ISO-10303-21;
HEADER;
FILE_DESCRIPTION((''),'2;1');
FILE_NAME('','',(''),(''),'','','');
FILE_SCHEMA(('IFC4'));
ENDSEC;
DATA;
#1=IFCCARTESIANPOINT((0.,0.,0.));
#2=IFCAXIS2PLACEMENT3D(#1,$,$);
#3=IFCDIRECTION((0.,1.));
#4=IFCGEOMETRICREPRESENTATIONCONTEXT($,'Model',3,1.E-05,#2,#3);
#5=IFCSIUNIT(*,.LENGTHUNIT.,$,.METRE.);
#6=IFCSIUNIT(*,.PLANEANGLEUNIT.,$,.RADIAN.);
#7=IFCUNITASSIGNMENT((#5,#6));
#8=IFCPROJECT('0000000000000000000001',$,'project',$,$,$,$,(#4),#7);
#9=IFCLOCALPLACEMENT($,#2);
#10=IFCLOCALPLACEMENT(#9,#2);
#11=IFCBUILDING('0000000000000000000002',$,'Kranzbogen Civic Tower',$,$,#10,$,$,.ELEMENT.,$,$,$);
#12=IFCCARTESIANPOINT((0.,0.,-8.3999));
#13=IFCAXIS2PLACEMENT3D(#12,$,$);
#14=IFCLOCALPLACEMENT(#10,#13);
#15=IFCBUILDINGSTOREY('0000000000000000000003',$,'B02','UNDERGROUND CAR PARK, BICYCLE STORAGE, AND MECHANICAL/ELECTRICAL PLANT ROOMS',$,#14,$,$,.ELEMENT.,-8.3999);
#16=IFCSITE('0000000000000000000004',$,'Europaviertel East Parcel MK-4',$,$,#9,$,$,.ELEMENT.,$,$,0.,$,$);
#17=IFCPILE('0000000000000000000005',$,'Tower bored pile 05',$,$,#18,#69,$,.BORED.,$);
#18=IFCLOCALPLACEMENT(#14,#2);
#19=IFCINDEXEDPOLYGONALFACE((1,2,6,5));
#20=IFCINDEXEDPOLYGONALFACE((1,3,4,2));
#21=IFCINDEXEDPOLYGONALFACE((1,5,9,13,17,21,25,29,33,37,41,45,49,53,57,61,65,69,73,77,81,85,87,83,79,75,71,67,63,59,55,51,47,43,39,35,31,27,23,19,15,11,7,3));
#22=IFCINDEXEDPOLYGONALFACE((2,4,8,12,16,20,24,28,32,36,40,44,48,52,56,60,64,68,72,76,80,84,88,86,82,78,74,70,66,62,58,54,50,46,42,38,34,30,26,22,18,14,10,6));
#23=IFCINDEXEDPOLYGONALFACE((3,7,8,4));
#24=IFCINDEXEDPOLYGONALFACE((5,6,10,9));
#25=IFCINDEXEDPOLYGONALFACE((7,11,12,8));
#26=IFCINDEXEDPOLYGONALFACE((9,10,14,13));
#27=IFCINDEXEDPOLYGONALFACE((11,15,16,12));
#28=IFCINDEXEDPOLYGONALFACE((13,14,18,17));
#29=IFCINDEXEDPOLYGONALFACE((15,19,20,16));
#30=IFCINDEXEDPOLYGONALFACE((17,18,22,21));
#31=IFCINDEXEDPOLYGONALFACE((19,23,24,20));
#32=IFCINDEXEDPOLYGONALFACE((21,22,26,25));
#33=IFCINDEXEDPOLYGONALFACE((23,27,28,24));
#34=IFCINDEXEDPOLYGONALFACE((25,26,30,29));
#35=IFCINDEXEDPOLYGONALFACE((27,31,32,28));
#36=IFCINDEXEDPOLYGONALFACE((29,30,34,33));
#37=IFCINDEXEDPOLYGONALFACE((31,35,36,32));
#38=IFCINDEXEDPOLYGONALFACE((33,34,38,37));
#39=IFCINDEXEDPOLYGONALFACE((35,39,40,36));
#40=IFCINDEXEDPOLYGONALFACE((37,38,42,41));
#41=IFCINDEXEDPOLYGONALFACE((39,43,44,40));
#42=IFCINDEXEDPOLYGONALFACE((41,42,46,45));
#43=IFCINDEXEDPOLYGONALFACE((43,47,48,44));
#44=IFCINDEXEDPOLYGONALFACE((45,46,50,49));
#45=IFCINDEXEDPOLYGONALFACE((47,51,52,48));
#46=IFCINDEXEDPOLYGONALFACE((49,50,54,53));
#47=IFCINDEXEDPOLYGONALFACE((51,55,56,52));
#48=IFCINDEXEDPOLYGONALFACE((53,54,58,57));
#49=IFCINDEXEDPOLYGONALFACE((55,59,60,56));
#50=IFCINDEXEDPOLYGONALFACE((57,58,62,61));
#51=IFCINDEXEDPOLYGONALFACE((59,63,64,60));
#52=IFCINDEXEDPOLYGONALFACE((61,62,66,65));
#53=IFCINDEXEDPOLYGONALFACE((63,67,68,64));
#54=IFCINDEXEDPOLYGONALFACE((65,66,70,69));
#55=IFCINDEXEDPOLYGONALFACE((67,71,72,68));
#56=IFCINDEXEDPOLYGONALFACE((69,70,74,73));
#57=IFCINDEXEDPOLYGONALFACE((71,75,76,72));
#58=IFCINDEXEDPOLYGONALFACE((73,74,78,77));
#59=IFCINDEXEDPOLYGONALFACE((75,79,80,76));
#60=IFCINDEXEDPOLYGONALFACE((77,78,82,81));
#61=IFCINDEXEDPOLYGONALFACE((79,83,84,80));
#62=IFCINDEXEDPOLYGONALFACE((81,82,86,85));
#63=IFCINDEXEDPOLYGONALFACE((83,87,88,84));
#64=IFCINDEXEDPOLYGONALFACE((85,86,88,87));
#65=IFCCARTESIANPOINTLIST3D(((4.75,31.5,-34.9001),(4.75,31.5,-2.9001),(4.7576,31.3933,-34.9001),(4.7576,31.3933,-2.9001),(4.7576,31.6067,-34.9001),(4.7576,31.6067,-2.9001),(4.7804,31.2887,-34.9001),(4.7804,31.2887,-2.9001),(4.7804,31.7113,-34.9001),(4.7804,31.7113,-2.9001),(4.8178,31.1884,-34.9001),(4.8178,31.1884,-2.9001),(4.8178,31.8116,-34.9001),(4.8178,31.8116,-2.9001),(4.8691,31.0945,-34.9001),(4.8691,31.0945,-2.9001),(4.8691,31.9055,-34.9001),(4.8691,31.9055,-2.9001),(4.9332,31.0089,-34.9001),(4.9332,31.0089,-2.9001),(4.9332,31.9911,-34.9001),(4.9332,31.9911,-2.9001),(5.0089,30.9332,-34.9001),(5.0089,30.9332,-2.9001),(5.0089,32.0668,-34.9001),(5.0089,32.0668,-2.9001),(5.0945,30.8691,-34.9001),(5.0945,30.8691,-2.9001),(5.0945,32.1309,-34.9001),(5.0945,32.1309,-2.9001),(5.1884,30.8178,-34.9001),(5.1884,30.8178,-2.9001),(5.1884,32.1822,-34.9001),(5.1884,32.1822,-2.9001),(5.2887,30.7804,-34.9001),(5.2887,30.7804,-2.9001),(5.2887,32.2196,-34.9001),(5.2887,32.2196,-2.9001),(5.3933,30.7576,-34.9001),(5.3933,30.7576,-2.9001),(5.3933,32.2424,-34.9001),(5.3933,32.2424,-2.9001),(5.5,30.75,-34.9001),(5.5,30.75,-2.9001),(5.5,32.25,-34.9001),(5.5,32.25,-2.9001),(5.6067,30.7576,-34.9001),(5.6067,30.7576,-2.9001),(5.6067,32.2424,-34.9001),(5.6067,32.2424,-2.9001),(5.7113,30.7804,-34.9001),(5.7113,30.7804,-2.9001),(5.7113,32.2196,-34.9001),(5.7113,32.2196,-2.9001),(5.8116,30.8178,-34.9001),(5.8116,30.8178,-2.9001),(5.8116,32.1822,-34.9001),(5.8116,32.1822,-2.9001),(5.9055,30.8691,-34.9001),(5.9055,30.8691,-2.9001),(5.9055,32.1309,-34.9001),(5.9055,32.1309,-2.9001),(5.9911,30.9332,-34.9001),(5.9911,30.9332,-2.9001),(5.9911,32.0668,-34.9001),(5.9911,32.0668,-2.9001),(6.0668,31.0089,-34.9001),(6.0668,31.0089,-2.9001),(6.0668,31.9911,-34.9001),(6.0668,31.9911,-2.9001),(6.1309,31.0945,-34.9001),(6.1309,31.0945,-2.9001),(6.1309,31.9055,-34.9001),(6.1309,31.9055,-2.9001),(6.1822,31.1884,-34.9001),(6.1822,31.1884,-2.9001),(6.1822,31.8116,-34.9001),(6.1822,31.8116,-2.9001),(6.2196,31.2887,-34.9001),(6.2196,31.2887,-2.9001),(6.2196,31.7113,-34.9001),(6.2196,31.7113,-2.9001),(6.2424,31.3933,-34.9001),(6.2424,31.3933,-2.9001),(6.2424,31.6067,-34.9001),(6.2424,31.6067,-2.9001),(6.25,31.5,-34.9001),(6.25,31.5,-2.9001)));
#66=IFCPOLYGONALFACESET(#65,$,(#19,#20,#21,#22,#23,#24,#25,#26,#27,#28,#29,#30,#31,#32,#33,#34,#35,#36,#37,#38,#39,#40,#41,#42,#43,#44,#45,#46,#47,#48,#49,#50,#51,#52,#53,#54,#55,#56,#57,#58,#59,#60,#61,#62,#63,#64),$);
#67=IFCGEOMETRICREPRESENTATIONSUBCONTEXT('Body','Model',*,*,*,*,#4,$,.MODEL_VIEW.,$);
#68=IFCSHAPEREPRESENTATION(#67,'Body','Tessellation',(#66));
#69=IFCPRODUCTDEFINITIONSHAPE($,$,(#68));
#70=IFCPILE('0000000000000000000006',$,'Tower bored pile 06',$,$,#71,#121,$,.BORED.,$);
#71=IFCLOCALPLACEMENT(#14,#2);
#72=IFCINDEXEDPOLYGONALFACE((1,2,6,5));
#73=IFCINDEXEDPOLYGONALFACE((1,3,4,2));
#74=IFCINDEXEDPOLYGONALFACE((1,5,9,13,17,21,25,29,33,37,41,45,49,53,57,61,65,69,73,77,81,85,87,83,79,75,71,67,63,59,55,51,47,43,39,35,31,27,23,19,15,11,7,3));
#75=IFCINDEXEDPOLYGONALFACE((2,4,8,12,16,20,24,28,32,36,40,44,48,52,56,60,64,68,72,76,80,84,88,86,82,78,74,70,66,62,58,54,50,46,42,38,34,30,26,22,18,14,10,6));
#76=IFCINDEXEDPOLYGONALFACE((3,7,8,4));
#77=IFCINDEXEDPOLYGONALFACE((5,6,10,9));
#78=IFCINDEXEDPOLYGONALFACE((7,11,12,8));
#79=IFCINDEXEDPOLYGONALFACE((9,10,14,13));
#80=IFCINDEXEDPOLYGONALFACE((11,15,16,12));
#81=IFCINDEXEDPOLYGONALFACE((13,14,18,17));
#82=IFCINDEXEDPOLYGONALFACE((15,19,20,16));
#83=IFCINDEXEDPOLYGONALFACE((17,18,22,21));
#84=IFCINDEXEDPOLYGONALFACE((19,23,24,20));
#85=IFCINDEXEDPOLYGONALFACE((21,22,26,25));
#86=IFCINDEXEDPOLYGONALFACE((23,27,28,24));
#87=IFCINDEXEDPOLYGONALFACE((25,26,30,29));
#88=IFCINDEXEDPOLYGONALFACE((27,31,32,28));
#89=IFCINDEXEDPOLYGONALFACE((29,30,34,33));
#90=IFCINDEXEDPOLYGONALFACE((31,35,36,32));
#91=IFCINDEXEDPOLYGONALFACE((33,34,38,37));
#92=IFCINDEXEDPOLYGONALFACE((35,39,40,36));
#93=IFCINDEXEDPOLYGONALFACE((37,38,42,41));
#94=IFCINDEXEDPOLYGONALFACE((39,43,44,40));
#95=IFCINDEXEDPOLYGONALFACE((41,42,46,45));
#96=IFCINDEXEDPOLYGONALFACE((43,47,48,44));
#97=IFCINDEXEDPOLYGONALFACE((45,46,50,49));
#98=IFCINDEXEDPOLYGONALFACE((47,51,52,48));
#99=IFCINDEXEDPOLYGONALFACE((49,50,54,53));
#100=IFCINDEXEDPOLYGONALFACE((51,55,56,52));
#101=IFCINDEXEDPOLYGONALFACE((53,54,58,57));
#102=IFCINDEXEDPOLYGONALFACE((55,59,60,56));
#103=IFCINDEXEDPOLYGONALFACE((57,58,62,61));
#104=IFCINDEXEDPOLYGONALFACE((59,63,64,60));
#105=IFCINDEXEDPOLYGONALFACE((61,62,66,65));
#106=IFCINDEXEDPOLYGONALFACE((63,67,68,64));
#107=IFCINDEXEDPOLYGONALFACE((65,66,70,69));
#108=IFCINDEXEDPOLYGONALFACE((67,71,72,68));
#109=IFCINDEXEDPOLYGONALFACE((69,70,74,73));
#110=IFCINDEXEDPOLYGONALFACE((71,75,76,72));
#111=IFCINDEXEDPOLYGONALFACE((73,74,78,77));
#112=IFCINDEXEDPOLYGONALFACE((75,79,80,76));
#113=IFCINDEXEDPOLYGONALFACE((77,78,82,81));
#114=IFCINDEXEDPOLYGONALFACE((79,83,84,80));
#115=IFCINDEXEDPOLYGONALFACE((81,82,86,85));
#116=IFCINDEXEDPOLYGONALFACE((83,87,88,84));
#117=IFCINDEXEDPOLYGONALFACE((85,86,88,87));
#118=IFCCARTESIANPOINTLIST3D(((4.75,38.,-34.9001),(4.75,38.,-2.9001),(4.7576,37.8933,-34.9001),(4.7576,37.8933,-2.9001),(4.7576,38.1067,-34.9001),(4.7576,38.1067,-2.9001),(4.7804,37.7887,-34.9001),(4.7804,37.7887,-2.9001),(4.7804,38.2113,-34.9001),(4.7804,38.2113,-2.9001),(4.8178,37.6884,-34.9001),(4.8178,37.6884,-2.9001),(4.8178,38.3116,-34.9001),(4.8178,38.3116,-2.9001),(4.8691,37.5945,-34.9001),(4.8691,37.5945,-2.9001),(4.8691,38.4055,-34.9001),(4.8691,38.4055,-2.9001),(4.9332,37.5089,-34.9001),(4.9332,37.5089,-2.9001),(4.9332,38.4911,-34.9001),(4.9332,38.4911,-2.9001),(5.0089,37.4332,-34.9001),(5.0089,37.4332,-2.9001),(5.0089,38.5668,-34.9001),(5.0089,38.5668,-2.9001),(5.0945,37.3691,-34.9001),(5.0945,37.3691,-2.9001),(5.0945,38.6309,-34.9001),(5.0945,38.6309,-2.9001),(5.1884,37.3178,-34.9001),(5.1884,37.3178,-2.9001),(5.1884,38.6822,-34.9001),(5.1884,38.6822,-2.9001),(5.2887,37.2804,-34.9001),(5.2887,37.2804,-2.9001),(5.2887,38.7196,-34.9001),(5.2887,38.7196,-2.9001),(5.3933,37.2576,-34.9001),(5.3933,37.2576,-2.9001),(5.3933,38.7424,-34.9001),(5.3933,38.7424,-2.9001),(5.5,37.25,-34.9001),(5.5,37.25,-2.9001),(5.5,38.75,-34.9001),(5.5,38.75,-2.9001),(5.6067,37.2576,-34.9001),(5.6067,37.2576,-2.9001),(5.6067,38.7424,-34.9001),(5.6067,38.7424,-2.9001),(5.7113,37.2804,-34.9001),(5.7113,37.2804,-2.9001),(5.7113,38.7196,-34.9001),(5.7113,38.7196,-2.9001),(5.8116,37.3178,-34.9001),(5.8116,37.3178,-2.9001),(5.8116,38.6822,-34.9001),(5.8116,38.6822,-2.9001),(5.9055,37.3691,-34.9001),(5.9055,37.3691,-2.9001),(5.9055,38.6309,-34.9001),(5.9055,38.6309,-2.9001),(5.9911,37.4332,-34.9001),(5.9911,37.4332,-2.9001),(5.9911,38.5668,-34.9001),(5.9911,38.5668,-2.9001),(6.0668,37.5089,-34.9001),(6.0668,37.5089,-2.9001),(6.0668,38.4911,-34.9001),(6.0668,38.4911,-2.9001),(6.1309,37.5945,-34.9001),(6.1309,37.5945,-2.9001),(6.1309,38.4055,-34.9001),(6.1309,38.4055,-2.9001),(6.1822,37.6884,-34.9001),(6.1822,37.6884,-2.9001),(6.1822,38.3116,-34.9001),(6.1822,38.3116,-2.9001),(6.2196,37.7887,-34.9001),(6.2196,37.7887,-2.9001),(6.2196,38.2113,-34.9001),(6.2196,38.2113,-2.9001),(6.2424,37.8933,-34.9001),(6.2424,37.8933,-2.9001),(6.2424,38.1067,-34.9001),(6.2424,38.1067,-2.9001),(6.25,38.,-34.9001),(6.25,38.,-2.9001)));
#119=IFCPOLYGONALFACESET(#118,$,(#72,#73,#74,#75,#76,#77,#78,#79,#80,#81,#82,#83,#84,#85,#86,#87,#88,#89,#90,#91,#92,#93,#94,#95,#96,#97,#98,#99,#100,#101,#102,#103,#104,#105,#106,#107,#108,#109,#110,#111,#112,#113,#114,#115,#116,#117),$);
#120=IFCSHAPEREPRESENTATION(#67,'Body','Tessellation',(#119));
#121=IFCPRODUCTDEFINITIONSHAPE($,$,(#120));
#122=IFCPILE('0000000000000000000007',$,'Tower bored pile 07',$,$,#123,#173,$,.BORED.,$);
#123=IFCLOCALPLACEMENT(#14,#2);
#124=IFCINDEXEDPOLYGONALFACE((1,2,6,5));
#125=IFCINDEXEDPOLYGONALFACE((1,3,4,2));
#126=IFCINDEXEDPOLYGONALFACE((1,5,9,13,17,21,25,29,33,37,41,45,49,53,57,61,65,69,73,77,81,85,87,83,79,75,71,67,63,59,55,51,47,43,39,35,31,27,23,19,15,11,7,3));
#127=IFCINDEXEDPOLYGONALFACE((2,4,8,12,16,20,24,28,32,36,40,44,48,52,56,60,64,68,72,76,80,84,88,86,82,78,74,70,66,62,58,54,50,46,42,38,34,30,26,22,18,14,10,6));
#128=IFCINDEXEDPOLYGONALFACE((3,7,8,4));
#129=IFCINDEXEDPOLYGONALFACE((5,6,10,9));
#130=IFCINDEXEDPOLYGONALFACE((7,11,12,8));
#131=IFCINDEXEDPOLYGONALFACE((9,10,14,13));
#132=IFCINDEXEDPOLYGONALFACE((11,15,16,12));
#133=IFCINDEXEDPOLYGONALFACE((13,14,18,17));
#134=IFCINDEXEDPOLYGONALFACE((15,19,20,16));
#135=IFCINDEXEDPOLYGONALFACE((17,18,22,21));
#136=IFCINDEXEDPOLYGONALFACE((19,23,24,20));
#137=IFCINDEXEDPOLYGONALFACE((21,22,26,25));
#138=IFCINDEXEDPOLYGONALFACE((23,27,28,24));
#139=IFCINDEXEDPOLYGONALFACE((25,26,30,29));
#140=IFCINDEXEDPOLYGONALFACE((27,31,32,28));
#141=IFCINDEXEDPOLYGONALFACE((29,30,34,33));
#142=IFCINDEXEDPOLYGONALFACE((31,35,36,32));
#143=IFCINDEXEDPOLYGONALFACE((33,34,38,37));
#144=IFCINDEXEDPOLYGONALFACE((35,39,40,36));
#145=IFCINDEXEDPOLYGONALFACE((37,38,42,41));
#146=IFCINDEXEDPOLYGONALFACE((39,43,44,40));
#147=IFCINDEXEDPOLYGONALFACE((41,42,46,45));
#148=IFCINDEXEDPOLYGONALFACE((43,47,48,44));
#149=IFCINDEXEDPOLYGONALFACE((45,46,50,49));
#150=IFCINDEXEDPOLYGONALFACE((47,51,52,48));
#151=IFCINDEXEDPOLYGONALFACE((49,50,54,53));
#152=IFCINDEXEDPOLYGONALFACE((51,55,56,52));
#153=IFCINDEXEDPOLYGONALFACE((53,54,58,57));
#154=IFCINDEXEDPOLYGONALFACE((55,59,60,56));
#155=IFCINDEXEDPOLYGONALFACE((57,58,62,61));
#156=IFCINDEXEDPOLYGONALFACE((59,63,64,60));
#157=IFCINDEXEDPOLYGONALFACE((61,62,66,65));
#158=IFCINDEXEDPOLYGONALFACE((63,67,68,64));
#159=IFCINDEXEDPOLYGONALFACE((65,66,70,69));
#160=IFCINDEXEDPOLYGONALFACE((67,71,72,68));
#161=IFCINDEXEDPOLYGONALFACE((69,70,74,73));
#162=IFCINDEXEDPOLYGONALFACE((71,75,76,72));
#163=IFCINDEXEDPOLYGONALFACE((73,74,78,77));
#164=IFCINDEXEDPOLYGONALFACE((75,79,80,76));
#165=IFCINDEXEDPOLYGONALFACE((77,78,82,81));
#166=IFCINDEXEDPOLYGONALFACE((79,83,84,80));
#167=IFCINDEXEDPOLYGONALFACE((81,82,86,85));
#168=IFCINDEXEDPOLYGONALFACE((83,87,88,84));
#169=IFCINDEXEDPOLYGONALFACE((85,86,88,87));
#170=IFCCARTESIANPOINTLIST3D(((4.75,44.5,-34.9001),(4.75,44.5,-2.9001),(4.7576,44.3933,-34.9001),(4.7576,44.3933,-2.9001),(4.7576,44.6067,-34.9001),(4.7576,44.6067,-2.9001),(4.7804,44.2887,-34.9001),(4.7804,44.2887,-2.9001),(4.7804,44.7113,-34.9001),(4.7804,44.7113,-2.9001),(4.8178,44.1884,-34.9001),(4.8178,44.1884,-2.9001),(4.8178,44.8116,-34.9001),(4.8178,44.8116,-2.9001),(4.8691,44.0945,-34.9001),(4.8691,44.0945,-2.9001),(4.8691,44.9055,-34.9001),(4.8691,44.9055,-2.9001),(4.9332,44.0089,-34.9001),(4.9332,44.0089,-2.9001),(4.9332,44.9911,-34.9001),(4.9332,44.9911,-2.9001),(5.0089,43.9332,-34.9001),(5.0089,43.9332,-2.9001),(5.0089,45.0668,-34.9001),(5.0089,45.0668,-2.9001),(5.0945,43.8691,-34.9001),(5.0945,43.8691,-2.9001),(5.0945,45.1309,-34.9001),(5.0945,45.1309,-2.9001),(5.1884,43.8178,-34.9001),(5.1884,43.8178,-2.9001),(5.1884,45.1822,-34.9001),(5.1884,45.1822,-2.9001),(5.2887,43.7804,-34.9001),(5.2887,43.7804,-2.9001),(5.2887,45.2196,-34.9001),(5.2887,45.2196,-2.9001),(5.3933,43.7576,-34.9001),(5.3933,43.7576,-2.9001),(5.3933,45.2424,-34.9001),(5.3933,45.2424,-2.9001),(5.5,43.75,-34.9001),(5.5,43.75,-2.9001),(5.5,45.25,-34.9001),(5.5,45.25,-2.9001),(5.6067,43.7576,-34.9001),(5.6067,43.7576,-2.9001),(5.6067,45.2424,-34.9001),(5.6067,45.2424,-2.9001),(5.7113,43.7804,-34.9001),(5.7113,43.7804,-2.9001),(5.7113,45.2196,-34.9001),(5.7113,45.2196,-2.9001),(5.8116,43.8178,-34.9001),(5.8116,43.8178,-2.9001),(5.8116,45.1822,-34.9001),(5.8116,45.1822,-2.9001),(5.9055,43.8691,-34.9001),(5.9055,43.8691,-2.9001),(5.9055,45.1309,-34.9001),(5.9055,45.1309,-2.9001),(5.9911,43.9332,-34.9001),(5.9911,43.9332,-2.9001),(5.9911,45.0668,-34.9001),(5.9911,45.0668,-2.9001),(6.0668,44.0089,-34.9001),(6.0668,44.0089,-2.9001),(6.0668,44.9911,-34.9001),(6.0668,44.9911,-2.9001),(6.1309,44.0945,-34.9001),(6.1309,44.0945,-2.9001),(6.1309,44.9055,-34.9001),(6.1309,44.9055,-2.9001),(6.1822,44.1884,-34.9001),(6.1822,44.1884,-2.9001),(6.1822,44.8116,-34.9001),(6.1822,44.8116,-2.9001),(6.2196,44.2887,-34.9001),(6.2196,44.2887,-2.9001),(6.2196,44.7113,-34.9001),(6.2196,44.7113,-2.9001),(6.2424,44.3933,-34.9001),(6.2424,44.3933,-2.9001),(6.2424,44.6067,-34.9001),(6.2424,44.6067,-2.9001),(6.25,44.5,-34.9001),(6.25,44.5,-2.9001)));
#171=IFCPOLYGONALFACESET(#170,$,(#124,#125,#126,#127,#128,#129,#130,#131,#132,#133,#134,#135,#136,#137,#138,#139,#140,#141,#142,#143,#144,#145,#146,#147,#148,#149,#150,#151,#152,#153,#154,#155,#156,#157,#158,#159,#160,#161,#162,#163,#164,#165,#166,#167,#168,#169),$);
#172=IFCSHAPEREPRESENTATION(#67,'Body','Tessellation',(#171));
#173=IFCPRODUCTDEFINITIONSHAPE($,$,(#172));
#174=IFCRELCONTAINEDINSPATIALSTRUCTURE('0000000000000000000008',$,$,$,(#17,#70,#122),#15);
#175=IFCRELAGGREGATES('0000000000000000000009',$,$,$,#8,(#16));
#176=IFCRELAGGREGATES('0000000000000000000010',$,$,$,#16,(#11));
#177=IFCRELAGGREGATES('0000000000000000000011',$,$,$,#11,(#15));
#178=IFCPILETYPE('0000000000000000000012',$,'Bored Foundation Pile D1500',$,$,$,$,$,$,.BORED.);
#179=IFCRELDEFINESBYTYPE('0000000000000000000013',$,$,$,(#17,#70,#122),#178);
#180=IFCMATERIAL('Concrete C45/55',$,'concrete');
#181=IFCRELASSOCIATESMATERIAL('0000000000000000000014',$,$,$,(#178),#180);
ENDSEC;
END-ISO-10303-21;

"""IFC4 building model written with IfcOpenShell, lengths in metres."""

from ifc_helpers import new_model, si_unit, direction, frame, origin, origin_2d, place, context, subcontext, project, spatial, circle, extrude, material, material_profile, profile_set, type_object, element, save


model = new_model("IFC4")

# Units and contexts
model_context = context("Model", 3, precision=1e-05, world=origin(), true_north=direction((0.0, 1.0)))
body_context = subcontext(model_context, "Body", "Model", "MODEL_VIEW")
ifc_project = project(units=[si_unit("LENGTHUNIT", "METRE"), si_unit("PLANEANGLEUNIT", "RADIAN")], contexts=[model_context])

# Site, building, storey
site_placement = place(None, origin())
site = spatial("IfcSite", under=ifc_project, at=site_placement, Name="Europaviertel East Parcel MK-4", CompositionType="ELEMENT", RefElevation=0.0)
building_placement = place(site_placement, origin())
building = spatial("IfcBuilding", under=site, at=building_placement, Name="Kranzbogen Civic Tower", CompositionType="ELEMENT")
storey_placement = place(building_placement, frame((0.0, 0.0, -8.3999)))
storey = spatial("IfcBuildingStorey", under=building, at=storey_placement, Name="B02", Description="UNDERGROUND CAR PARK, BICYCLE STORAGE, AND MECHANICAL/ELECTRICAL PLANT ROOMS", CompositionType="ELEMENT", Elevation=-8.3999)

# Piles
ifc_material_1 = material(Name="Concrete C45/55", Category="concrete")
ifc_material_profile_1 = material_profile(ifc_material_1, circle(Radius=0.75, at=origin_2d()), Name="PILE D1500")
ifc_profile_set_1 = profile_set([ifc_material_profile_1], Name="Concrete C45/55")
pile_type = type_object("IfcPileType", Name="Bored Foundation Pile D1500", PredefinedType="BORED", material=ifc_profile_set_1)
for number, where, z_axis, x_axis, name in (
    (1, (5.5, 31.5, -2.9001), (0.0, 0.0, -1.0), (1.0, 0.0, 0.0), "Tower bored pile 05"),
    (2, (5.5, 38.0, -2.9001), (0.0, 0.0, -1.0), (1.0, 0.0, 0.0), "Tower bored pile 06"),
    (3, (5.5, 44.5, -2.9001), (0.0, 0.0, -1.0), (1.0, 0.0, 0.0), "Tower bored pile 07"),
):
    element("IfcPile", number, at=place(storey_placement, frame(where, z_axis=z_axis, x_axis=x_axis)), inside=storey, type_object=pile_type, Name=name, PredefinedType="BORED", context=body_context, shape_type="SweptSolid", body=[
        extrude(circle(Radius=0.75, at=origin_2d()), origin(), (0.0, 0.0, 1.0), 32.0),
    ])

save(model, "model.ifc")
